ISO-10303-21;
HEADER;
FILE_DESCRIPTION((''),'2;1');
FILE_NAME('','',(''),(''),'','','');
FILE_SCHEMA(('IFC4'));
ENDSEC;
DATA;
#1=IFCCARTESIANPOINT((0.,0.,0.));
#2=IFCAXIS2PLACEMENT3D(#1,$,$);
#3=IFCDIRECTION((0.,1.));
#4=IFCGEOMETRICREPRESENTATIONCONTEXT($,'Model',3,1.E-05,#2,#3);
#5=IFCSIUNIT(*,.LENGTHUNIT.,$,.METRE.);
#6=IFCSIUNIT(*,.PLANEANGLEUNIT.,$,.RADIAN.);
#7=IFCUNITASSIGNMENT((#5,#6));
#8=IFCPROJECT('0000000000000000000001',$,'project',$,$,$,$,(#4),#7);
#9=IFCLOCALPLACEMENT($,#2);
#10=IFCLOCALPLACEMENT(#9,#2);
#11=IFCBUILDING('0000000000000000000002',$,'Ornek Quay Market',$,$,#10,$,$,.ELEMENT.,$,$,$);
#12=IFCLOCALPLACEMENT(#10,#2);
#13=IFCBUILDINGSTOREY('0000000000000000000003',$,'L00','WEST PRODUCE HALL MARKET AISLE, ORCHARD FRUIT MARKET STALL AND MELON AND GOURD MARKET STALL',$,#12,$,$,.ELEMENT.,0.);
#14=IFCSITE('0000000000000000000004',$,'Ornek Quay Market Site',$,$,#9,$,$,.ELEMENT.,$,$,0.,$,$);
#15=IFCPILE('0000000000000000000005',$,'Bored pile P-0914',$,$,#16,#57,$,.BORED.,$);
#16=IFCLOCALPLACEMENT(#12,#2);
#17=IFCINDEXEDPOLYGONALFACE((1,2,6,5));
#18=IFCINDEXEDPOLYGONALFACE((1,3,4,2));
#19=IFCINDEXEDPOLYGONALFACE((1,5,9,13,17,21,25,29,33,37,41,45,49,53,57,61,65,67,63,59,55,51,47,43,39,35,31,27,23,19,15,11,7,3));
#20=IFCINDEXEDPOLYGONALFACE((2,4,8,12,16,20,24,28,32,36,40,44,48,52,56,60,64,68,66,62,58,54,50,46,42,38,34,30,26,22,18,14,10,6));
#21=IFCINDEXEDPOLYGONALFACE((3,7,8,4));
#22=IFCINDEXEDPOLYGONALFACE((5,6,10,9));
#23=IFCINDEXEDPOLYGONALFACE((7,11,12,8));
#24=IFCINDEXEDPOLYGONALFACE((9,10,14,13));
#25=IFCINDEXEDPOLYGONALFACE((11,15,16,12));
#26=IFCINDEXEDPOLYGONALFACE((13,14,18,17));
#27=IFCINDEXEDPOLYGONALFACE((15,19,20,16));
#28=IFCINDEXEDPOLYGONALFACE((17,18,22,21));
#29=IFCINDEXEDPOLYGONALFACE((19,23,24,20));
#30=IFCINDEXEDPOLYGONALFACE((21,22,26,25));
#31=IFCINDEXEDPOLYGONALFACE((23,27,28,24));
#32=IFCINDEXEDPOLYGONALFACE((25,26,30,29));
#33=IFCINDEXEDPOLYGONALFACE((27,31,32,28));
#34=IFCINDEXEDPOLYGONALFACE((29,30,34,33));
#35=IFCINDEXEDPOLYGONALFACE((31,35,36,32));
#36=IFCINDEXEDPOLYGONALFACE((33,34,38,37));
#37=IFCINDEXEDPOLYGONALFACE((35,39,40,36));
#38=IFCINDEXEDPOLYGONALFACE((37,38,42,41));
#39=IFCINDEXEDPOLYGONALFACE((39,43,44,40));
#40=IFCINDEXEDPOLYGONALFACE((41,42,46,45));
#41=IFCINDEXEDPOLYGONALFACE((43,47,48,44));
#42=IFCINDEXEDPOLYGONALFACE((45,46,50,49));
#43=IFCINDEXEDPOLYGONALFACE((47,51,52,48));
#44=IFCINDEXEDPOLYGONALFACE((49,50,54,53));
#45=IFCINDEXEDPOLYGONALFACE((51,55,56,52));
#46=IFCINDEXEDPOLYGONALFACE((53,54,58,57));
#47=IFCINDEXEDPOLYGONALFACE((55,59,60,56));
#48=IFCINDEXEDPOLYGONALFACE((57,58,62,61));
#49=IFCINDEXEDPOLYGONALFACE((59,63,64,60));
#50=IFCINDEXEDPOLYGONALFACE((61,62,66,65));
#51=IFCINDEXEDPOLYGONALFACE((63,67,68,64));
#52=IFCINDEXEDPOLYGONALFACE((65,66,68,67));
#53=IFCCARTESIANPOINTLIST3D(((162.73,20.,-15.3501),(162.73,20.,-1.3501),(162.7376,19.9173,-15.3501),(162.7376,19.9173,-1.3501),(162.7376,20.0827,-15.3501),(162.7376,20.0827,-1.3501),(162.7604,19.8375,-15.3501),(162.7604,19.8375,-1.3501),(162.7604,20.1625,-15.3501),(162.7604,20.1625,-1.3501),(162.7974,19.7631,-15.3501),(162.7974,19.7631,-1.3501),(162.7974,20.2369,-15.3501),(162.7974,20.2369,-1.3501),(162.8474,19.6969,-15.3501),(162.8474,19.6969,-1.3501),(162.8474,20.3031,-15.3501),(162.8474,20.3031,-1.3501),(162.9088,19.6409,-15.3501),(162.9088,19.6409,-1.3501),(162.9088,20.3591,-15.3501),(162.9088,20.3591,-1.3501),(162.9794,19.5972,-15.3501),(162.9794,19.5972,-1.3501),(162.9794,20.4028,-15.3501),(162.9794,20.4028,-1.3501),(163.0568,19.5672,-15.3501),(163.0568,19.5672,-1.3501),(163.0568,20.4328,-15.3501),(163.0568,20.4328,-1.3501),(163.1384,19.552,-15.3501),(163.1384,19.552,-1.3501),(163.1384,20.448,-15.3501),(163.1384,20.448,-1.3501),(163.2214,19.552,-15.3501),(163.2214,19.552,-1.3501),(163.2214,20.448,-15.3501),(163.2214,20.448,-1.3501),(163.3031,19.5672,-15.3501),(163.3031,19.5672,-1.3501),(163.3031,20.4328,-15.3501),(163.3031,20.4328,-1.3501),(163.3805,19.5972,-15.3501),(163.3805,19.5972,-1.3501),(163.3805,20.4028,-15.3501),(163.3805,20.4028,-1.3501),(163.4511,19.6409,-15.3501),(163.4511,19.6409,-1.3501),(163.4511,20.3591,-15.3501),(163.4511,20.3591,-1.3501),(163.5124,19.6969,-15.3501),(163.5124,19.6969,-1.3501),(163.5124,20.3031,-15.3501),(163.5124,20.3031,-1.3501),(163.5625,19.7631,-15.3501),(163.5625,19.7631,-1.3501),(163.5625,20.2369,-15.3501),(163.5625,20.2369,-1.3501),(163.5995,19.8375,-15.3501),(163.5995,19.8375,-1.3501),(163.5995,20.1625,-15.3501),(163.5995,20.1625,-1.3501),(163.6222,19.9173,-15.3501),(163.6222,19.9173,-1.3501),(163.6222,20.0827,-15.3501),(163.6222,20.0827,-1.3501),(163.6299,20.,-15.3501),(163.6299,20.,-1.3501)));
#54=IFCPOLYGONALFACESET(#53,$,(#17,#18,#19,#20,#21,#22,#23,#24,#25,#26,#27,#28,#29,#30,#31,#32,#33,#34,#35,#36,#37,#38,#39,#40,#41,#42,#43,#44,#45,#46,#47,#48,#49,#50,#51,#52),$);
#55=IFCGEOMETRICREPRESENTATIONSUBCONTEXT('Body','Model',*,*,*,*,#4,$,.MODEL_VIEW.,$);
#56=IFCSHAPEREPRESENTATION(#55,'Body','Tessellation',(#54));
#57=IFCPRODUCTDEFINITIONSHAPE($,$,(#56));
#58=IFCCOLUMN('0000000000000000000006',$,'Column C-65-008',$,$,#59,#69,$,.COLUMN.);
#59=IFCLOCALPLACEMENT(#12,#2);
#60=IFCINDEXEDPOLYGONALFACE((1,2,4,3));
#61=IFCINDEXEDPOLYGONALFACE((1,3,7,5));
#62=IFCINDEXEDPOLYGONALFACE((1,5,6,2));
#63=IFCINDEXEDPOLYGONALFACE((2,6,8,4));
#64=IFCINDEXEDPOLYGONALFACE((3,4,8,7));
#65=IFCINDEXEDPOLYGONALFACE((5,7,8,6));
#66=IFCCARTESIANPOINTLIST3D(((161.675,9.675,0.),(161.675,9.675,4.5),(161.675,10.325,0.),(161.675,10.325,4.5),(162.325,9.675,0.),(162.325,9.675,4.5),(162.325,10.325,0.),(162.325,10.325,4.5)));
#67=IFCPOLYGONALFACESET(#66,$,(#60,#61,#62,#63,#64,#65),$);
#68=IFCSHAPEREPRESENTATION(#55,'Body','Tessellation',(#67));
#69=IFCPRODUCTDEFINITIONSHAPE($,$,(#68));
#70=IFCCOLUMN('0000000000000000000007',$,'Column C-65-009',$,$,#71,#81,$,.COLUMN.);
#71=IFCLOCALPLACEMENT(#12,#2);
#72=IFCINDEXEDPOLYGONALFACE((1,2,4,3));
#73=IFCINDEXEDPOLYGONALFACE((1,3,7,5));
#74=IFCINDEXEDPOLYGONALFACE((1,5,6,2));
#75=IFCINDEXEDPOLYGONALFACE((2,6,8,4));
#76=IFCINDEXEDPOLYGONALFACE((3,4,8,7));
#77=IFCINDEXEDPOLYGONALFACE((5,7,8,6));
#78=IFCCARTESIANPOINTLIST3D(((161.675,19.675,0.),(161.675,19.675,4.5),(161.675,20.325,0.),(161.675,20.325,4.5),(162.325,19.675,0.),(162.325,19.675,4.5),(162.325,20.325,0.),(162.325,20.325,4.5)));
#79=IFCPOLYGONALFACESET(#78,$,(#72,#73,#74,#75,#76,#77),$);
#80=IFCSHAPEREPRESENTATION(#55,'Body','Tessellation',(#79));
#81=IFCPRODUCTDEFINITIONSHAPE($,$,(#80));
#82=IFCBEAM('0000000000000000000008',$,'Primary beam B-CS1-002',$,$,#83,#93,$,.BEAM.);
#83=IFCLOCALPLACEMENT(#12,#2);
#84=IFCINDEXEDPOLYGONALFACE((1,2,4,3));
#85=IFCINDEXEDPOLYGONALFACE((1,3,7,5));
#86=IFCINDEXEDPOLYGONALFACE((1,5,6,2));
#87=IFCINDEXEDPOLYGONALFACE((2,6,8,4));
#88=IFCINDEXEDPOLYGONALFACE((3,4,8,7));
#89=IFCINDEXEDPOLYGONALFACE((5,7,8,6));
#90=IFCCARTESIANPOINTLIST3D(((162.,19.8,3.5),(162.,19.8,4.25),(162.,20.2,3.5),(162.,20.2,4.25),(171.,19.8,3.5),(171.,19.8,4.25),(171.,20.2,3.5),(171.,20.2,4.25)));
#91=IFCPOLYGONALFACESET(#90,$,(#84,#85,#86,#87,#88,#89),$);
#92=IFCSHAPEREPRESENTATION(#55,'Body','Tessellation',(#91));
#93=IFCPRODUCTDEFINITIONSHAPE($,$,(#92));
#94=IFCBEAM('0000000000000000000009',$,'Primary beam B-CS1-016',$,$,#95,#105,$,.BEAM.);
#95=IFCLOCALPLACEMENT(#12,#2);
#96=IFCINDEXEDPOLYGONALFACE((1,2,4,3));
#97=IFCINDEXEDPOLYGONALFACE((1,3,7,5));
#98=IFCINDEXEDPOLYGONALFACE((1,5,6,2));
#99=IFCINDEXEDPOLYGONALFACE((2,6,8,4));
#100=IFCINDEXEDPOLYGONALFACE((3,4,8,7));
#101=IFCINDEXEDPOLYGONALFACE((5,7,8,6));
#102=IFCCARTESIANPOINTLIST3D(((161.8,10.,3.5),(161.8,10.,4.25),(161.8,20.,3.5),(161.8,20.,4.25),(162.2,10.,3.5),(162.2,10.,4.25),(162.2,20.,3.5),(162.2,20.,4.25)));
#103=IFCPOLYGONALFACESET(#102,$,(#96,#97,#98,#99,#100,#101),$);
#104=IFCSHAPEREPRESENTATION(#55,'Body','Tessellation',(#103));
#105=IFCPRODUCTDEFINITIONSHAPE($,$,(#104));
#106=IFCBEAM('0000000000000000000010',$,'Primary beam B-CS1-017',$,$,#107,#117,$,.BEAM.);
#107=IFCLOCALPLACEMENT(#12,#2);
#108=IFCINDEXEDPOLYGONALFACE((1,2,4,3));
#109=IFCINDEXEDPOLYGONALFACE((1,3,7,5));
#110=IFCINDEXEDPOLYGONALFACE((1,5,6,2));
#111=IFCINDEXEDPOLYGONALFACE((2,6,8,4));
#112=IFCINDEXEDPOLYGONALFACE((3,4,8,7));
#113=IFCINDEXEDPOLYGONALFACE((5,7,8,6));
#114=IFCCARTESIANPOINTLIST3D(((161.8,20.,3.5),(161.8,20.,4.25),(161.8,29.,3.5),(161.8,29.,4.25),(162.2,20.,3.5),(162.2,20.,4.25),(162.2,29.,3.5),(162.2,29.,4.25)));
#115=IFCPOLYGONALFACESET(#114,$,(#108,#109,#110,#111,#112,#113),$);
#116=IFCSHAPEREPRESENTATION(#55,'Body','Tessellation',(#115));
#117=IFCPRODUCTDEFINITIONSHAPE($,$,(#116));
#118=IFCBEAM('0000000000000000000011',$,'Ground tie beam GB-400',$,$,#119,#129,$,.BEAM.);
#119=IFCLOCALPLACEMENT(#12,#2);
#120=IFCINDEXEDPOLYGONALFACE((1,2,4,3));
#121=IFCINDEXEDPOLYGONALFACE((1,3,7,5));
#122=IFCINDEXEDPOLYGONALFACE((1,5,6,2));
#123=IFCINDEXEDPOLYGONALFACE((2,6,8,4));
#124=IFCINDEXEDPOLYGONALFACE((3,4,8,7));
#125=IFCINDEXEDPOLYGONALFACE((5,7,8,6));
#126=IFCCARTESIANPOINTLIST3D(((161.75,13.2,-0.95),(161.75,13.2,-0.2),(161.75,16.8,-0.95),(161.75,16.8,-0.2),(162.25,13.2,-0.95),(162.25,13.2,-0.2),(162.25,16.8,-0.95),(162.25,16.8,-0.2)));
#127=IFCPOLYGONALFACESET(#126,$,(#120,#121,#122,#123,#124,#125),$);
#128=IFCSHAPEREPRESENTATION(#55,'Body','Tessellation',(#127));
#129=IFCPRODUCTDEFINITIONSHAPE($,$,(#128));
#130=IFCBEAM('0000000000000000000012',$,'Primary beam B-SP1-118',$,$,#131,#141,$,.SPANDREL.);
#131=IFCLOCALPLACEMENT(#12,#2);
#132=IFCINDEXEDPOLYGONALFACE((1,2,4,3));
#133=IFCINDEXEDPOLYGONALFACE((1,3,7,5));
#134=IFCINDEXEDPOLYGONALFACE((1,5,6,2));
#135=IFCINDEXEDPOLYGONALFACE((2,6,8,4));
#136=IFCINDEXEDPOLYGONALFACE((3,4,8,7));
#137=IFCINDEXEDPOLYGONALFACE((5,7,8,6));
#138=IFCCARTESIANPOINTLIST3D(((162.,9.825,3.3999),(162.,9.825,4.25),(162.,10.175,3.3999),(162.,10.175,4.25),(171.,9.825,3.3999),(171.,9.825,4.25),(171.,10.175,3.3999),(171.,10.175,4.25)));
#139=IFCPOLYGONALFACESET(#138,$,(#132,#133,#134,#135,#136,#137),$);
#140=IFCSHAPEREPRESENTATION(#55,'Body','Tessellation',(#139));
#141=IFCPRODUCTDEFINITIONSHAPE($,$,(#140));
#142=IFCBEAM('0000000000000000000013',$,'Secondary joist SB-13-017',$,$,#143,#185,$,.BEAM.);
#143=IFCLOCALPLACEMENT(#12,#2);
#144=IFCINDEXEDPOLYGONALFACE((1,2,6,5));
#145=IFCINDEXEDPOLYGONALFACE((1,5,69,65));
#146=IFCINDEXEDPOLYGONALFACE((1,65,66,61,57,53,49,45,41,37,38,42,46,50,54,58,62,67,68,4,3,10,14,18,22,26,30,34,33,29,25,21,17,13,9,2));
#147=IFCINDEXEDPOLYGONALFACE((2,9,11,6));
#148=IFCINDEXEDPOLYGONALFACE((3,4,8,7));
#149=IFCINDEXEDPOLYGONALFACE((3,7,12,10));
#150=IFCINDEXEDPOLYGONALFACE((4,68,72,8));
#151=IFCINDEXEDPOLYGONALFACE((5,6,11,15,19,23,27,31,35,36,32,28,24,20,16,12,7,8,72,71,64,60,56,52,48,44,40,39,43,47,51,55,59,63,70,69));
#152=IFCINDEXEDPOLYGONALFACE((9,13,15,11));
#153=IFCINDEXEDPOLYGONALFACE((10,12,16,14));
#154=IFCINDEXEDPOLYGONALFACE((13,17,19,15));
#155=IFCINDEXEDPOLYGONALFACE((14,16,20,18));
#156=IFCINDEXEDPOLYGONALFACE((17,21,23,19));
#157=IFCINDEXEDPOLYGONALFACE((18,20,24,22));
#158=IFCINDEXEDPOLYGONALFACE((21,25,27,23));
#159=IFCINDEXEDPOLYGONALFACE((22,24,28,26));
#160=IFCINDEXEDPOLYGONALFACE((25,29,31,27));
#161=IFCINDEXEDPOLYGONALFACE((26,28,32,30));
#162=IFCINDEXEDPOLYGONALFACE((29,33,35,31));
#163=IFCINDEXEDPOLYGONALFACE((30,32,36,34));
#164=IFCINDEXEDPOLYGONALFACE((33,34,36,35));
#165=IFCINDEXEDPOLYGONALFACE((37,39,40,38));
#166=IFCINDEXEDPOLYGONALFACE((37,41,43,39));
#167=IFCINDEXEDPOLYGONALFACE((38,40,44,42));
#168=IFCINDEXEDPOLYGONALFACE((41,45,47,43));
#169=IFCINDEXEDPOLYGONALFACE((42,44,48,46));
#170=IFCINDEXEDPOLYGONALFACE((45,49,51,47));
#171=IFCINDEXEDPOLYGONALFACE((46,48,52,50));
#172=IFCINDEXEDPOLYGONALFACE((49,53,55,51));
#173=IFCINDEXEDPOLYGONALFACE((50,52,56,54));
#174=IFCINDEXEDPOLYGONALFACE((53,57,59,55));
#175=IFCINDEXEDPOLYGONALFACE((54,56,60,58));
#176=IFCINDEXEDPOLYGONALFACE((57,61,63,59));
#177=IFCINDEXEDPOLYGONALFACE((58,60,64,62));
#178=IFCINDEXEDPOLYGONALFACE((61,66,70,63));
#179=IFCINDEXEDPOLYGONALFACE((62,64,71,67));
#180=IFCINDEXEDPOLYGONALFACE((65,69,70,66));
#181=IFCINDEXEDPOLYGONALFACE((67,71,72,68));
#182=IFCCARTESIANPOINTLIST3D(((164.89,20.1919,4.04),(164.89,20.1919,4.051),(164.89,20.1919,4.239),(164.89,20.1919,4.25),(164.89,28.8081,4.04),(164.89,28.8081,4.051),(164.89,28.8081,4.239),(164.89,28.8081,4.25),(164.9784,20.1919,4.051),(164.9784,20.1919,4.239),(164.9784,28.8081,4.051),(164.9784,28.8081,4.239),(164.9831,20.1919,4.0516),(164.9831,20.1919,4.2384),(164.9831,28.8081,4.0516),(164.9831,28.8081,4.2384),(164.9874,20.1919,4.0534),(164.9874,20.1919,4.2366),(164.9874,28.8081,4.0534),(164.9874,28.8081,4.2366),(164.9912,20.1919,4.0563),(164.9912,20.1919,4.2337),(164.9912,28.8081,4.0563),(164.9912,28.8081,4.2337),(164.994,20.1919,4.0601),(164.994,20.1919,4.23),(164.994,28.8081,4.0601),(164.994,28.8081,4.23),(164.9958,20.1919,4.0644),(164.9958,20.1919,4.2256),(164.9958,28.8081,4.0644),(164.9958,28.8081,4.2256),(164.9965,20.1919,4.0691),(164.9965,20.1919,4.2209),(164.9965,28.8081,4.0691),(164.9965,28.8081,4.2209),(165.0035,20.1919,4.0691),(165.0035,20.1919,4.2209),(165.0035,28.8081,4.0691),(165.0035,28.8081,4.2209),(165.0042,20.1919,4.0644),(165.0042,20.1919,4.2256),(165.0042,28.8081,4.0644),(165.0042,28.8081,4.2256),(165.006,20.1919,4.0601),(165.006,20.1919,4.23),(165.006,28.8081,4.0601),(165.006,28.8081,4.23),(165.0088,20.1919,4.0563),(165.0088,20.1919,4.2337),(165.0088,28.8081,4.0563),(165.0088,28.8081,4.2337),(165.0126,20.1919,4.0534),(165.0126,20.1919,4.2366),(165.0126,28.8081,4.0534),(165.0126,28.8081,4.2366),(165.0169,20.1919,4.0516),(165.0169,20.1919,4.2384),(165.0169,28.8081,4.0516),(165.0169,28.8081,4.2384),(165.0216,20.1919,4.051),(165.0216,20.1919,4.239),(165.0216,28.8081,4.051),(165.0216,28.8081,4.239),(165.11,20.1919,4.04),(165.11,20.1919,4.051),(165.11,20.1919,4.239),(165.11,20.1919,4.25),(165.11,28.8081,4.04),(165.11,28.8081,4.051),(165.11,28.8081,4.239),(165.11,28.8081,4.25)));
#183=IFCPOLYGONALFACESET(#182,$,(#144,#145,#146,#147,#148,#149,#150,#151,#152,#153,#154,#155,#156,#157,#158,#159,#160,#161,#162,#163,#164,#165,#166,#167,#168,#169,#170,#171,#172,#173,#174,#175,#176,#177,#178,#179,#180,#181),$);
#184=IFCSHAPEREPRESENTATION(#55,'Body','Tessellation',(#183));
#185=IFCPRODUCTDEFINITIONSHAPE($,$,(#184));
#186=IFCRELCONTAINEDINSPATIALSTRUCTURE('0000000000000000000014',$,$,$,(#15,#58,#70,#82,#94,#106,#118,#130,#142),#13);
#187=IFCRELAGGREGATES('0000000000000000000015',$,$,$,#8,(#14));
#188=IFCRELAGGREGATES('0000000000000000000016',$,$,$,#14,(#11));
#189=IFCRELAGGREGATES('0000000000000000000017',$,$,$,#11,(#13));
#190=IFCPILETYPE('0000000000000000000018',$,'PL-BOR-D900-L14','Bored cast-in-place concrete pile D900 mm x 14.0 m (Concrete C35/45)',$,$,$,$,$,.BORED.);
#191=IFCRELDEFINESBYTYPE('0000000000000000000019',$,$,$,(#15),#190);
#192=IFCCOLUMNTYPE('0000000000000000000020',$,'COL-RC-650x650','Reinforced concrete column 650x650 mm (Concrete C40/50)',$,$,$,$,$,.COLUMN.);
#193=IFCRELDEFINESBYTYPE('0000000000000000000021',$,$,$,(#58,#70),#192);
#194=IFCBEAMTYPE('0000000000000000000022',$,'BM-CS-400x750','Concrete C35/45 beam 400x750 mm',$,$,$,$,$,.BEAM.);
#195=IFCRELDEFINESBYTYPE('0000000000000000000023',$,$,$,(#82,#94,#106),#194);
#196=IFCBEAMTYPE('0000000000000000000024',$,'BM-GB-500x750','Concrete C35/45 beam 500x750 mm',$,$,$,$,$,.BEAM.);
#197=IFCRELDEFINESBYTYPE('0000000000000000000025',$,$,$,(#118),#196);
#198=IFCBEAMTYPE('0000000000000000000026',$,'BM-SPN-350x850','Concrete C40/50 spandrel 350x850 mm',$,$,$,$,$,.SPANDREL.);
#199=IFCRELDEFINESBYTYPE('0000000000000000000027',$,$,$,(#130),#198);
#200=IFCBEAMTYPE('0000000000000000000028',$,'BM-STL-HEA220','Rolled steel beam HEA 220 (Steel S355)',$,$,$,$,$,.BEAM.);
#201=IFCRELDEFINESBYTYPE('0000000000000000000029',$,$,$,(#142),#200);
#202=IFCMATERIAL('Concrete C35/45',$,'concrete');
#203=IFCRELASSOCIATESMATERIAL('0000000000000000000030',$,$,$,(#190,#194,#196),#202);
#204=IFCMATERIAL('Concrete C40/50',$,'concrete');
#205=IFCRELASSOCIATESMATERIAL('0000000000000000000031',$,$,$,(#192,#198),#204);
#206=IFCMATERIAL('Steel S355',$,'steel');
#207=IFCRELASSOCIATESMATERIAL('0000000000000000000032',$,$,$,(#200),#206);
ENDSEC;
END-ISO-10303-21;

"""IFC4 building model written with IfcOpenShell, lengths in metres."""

from ifc_helpers import new_model, si_unit, direction, frame, origin, origin_2d, place, context, subcontext, project, spatial, rectangle, circle, i_section, extrude, material, material_profile, profile_set, type_object, element, save


model = new_model("IFC4")

# Units and contexts
model_context = context("Model", 3, precision=1e-05, world=origin(), true_north=direction((0.0, 1.0)))
body_context = subcontext(model_context, "Body", "Model", "MODEL_VIEW")
ifc_project = project(units=[si_unit("LENGTHUNIT", "METRE"), si_unit("PLANEANGLEUNIT", "RADIAN")], contexts=[model_context])

# Site, building, storey
site_placement = place(None, origin())
site = spatial("IfcSite", under=ifc_project, at=site_placement, Name="Ornek Quay Market Site", CompositionType="ELEMENT", RefElevation=0.0)
building_placement = place(site_placement, origin())
building = spatial("IfcBuilding", under=site, at=building_placement, Name="Ornek Quay Market", CompositionType="ELEMENT")
storey_placement = place(building_placement, origin())
storey = spatial("IfcBuildingStorey", under=building, at=storey_placement, Name="L00", Description="WEST PRODUCE HALL MARKET AISLE, ORCHARD FRUIT MARKET STALL AND MELON AND GOURD MARKET STALL", CompositionType="ELEMENT", Elevation=0.0)

# Pile
ifc_material_1 = material(Name="Concrete C35/45", Category="concrete")
ifc_material_profile_1 = material_profile(ifc_material_1, circle(Radius=0.45, at=origin_2d()), Name="PILE D900", Category="concrete")
ifc_profile_set_1 = profile_set([ifc_material_profile_1], Name="Concrete C35/45")
pile_type = type_object("IfcPileType", Name="PL-BOR-D900-L14", Description="Bored cast-in-place concrete pile D900 mm x 14.0 m (Concrete C35/45)", PredefinedType="BORED", material=ifc_profile_set_1)
for number, where, z_axis, x_axis, name in (
    (1, (163.1799, 20.0, -1.3501), (0.0, 0.0, -1.0), (1.0, 0.0, 0.0), "Bored pile P-0914"),
):
    element("IfcPile", number, at=place(storey_placement, frame(where, z_axis=z_axis, x_axis=x_axis)), inside=storey, type_object=pile_type, Name=name, PredefinedType="BORED", context=body_context, shape_type="SweptSolid", body=[
        extrude(circle(Radius=0.45, at=origin_2d()), origin(), (0.0, 0.0, 1.0), 14.0),
    ])

# Columns
ifc_material_2 = material(Name="Concrete C40/50", Category="concrete")
ifc_material_profile_2 = material_profile(ifc_material_2, rectangle(XDim=0.6499, YDim=0.6499, at=origin_2d()), Name="RC 650x650", Category="concrete")
ifc_profile_set_2 = profile_set([ifc_material_profile_2], Name="Concrete C40/50")
column_type = type_object("IfcColumnType", Name="COL-RC-650x650", Description="Reinforced concrete column 650x650 mm (Concrete C40/50)", PredefinedType="COLUMN", material=ifc_profile_set_2)
for number, where, z_axis, x_axis, name in (
    (2, (162.0, 10.0, 0.0), (0.0, 0.0, 1.0), (1.0, 0.0, 0.0), "Column C-65-008"),
    (3, (162.0, 20.0, 0.0), (0.0, 0.0, 1.0), (1.0, 0.0, 0.0), "Column C-65-009"),
):
    element("IfcColumn", number, at=place(storey_placement, frame(where, z_axis=z_axis, x_axis=x_axis)), inside=storey, type_object=column_type, Name=name, PredefinedType="COLUMN", context=body_context, shape_type="SweptSolid", body=[
        extrude(rectangle(XDim=0.6499, YDim=0.6499, at=origin_2d()), origin(), (0.0, 0.0, 1.0), 4.5),
    ])

# Beams
ifc_material_profile_3 = material_profile(ifc_material_1, rectangle(XDim=0.3999, YDim=0.75, at=origin_2d()), Name="RC 400x750", Category="concrete")
ifc_profile_set_3 = profile_set([ifc_material_profile_3], Name="Concrete C35/45")
beam_type_1 = type_object("IfcBeamType", Name="BM-CS-400x750", Description="Concrete C35/45 beam 400x750 mm", PredefinedType="BEAM", material=ifc_profile_set_3)
beam_1_placement = place(storey_placement, frame((162.0, 20.0, 3.875), z_axis=(1.0, 0.0, 0.0), x_axis=(0.0, 1.0, 0.0)))
element("IfcBeam", 4, at=beam_1_placement, inside=storey, type_object=beam_type_1, Name="Primary beam B-CS1-002", PredefinedType="BEAM", context=body_context, shape_type="SweptSolid", body=[
    extrude(rectangle(XDim=0.3999, YDim=0.75, at=origin_2d()), origin(), (0.0, 0.0, 1.0), 9.0),
])
beam_2_placement = place(storey_placement, frame((162.0, 10.0, 3.875), z_axis=(0.0, 1.0, 0.0), x_axis=(-1.0, 0.0, 0.0)))
element("IfcBeam", 5, at=beam_2_placement, inside=storey, type_object=beam_type_1, Name="Primary beam B-CS1-016", PredefinedType="BEAM", context=body_context, shape_type="SweptSolid", body=[
    extrude(rectangle(XDim=0.3999, YDim=0.75, at=origin_2d()), origin(), (0.0, 0.0, 1.0), 10.0),
])
beam_3_placement = place(storey_placement, frame((162.0, 20.0, 3.875), z_axis=(0.0, 1.0, 0.0), x_axis=(-1.0, 0.0, 0.0)))
element("IfcBeam", 6, at=beam_3_placement, inside=storey, type_object=beam_type_1, Name="Primary beam B-CS1-017", PredefinedType="BEAM", context=body_context, shape_type="SweptSolid", body=[
    extrude(rectangle(XDim=0.3999, YDim=0.75, at=origin_2d()), origin(), (0.0, 0.0, 1.0), 9.0),
])
ifc_material_profile_4 = material_profile(ifc_material_1, rectangle(XDim=0.5, YDim=0.75, at=origin_2d()), Name="RC 500x750", Category="concrete")
ifc_profile_set_4 = profile_set([ifc_material_profile_4], Name="Concrete C35/45")
beam_type_2 = type_object("IfcBeamType", Name="BM-GB-500x750", Description="Concrete C35/45 beam 500x750 mm", PredefinedType="BEAM", material=ifc_profile_set_4)
beam_4_placement = place(storey_placement, frame((162.0, 13.2, -0.575), z_axis=(0.0, 1.0, 0.0), x_axis=(-1.0, 0.0, 0.0)))
element("IfcBeam", 7, at=beam_4_placement, inside=storey, type_object=beam_type_2, Name="Ground tie beam GB-400", PredefinedType="BEAM", context=body_context, shape_type="SweptSolid", body=[
    extrude(rectangle(XDim=0.5, YDim=0.75, at=origin_2d()), origin(), (0.0, 0.0, 1.0), 3.6001),
])
ifc_material_profile_5 = material_profile(ifc_material_2, rectangle(XDim=0.3501, YDim=0.8501, at=origin_2d()), Name="RC 350x850", Category="concrete")
ifc_profile_set_5 = profile_set([ifc_material_profile_5], Name="Concrete C40/50")
beam_type_3 = type_object("IfcBeamType", Name="BM-SPN-350x850", Description="Concrete C40/50 spandrel 350x850 mm", PredefinedType="SPANDREL", material=ifc_profile_set_5)
beam_5_placement = place(storey_placement, frame((162.0, 10.0, 3.825), z_axis=(1.0, 0.0, 0.0), x_axis=(0.0, 1.0, 0.0)))
element("IfcBeam", 8, at=beam_5_placement, inside=storey, type_object=beam_type_3, Name="Primary beam B-SP1-118", PredefinedType="SPANDREL", context=body_context, shape_type="SweptSolid", body=[
    extrude(rectangle(XDim=0.3501, YDim=0.8501, at=origin_2d()), origin(), (0.0, 0.0, 1.0), 9.0),
])
ifc_material_3 = material(Name="Steel S355", Category="steel")
ifc_material_profile_6 = material_profile(ifc_material_3, i_section(OverallWidth=0.22, OverallDepth=0.21, WebThickness=0.0071, FlangeThickness=0.011, FilletRadius=0.0181, at=origin_2d()), Name="HEA 220", Category="steel")
ifc_profile_set_6 = profile_set([ifc_material_profile_6], Name="Steel S355")
beam_type_4 = type_object("IfcBeamType", Name="BM-STL-HEA220", Description="Rolled steel beam HEA 220 (Steel S355)", PredefinedType="BEAM", material=ifc_profile_set_6)
for number, where, z_axis, x_axis, name in (
    (9, (165.0, 20.1919, 4.145), (0.0, 1.0, 0.0), (-1.0, 0.0, 0.0), "Secondary joist SB-13-017"),
):
    element("IfcBeam", number, at=place(storey_placement, frame(where, z_axis=z_axis, x_axis=x_axis)), inside=storey, type_object=beam_type_4, Name=name, PredefinedType="BEAM", context=body_context, shape_type="SweptSolid", body=[
        extrude(i_section(OverallWidth=0.22, OverallDepth=0.21, WebThickness=0.0071, FlangeThickness=0.011, FilletRadius=0.0181, at=origin_2d()), origin(), (0.0, 0.0, 1.0), 8.6162),
    ])

save(model, "model.ifc")
